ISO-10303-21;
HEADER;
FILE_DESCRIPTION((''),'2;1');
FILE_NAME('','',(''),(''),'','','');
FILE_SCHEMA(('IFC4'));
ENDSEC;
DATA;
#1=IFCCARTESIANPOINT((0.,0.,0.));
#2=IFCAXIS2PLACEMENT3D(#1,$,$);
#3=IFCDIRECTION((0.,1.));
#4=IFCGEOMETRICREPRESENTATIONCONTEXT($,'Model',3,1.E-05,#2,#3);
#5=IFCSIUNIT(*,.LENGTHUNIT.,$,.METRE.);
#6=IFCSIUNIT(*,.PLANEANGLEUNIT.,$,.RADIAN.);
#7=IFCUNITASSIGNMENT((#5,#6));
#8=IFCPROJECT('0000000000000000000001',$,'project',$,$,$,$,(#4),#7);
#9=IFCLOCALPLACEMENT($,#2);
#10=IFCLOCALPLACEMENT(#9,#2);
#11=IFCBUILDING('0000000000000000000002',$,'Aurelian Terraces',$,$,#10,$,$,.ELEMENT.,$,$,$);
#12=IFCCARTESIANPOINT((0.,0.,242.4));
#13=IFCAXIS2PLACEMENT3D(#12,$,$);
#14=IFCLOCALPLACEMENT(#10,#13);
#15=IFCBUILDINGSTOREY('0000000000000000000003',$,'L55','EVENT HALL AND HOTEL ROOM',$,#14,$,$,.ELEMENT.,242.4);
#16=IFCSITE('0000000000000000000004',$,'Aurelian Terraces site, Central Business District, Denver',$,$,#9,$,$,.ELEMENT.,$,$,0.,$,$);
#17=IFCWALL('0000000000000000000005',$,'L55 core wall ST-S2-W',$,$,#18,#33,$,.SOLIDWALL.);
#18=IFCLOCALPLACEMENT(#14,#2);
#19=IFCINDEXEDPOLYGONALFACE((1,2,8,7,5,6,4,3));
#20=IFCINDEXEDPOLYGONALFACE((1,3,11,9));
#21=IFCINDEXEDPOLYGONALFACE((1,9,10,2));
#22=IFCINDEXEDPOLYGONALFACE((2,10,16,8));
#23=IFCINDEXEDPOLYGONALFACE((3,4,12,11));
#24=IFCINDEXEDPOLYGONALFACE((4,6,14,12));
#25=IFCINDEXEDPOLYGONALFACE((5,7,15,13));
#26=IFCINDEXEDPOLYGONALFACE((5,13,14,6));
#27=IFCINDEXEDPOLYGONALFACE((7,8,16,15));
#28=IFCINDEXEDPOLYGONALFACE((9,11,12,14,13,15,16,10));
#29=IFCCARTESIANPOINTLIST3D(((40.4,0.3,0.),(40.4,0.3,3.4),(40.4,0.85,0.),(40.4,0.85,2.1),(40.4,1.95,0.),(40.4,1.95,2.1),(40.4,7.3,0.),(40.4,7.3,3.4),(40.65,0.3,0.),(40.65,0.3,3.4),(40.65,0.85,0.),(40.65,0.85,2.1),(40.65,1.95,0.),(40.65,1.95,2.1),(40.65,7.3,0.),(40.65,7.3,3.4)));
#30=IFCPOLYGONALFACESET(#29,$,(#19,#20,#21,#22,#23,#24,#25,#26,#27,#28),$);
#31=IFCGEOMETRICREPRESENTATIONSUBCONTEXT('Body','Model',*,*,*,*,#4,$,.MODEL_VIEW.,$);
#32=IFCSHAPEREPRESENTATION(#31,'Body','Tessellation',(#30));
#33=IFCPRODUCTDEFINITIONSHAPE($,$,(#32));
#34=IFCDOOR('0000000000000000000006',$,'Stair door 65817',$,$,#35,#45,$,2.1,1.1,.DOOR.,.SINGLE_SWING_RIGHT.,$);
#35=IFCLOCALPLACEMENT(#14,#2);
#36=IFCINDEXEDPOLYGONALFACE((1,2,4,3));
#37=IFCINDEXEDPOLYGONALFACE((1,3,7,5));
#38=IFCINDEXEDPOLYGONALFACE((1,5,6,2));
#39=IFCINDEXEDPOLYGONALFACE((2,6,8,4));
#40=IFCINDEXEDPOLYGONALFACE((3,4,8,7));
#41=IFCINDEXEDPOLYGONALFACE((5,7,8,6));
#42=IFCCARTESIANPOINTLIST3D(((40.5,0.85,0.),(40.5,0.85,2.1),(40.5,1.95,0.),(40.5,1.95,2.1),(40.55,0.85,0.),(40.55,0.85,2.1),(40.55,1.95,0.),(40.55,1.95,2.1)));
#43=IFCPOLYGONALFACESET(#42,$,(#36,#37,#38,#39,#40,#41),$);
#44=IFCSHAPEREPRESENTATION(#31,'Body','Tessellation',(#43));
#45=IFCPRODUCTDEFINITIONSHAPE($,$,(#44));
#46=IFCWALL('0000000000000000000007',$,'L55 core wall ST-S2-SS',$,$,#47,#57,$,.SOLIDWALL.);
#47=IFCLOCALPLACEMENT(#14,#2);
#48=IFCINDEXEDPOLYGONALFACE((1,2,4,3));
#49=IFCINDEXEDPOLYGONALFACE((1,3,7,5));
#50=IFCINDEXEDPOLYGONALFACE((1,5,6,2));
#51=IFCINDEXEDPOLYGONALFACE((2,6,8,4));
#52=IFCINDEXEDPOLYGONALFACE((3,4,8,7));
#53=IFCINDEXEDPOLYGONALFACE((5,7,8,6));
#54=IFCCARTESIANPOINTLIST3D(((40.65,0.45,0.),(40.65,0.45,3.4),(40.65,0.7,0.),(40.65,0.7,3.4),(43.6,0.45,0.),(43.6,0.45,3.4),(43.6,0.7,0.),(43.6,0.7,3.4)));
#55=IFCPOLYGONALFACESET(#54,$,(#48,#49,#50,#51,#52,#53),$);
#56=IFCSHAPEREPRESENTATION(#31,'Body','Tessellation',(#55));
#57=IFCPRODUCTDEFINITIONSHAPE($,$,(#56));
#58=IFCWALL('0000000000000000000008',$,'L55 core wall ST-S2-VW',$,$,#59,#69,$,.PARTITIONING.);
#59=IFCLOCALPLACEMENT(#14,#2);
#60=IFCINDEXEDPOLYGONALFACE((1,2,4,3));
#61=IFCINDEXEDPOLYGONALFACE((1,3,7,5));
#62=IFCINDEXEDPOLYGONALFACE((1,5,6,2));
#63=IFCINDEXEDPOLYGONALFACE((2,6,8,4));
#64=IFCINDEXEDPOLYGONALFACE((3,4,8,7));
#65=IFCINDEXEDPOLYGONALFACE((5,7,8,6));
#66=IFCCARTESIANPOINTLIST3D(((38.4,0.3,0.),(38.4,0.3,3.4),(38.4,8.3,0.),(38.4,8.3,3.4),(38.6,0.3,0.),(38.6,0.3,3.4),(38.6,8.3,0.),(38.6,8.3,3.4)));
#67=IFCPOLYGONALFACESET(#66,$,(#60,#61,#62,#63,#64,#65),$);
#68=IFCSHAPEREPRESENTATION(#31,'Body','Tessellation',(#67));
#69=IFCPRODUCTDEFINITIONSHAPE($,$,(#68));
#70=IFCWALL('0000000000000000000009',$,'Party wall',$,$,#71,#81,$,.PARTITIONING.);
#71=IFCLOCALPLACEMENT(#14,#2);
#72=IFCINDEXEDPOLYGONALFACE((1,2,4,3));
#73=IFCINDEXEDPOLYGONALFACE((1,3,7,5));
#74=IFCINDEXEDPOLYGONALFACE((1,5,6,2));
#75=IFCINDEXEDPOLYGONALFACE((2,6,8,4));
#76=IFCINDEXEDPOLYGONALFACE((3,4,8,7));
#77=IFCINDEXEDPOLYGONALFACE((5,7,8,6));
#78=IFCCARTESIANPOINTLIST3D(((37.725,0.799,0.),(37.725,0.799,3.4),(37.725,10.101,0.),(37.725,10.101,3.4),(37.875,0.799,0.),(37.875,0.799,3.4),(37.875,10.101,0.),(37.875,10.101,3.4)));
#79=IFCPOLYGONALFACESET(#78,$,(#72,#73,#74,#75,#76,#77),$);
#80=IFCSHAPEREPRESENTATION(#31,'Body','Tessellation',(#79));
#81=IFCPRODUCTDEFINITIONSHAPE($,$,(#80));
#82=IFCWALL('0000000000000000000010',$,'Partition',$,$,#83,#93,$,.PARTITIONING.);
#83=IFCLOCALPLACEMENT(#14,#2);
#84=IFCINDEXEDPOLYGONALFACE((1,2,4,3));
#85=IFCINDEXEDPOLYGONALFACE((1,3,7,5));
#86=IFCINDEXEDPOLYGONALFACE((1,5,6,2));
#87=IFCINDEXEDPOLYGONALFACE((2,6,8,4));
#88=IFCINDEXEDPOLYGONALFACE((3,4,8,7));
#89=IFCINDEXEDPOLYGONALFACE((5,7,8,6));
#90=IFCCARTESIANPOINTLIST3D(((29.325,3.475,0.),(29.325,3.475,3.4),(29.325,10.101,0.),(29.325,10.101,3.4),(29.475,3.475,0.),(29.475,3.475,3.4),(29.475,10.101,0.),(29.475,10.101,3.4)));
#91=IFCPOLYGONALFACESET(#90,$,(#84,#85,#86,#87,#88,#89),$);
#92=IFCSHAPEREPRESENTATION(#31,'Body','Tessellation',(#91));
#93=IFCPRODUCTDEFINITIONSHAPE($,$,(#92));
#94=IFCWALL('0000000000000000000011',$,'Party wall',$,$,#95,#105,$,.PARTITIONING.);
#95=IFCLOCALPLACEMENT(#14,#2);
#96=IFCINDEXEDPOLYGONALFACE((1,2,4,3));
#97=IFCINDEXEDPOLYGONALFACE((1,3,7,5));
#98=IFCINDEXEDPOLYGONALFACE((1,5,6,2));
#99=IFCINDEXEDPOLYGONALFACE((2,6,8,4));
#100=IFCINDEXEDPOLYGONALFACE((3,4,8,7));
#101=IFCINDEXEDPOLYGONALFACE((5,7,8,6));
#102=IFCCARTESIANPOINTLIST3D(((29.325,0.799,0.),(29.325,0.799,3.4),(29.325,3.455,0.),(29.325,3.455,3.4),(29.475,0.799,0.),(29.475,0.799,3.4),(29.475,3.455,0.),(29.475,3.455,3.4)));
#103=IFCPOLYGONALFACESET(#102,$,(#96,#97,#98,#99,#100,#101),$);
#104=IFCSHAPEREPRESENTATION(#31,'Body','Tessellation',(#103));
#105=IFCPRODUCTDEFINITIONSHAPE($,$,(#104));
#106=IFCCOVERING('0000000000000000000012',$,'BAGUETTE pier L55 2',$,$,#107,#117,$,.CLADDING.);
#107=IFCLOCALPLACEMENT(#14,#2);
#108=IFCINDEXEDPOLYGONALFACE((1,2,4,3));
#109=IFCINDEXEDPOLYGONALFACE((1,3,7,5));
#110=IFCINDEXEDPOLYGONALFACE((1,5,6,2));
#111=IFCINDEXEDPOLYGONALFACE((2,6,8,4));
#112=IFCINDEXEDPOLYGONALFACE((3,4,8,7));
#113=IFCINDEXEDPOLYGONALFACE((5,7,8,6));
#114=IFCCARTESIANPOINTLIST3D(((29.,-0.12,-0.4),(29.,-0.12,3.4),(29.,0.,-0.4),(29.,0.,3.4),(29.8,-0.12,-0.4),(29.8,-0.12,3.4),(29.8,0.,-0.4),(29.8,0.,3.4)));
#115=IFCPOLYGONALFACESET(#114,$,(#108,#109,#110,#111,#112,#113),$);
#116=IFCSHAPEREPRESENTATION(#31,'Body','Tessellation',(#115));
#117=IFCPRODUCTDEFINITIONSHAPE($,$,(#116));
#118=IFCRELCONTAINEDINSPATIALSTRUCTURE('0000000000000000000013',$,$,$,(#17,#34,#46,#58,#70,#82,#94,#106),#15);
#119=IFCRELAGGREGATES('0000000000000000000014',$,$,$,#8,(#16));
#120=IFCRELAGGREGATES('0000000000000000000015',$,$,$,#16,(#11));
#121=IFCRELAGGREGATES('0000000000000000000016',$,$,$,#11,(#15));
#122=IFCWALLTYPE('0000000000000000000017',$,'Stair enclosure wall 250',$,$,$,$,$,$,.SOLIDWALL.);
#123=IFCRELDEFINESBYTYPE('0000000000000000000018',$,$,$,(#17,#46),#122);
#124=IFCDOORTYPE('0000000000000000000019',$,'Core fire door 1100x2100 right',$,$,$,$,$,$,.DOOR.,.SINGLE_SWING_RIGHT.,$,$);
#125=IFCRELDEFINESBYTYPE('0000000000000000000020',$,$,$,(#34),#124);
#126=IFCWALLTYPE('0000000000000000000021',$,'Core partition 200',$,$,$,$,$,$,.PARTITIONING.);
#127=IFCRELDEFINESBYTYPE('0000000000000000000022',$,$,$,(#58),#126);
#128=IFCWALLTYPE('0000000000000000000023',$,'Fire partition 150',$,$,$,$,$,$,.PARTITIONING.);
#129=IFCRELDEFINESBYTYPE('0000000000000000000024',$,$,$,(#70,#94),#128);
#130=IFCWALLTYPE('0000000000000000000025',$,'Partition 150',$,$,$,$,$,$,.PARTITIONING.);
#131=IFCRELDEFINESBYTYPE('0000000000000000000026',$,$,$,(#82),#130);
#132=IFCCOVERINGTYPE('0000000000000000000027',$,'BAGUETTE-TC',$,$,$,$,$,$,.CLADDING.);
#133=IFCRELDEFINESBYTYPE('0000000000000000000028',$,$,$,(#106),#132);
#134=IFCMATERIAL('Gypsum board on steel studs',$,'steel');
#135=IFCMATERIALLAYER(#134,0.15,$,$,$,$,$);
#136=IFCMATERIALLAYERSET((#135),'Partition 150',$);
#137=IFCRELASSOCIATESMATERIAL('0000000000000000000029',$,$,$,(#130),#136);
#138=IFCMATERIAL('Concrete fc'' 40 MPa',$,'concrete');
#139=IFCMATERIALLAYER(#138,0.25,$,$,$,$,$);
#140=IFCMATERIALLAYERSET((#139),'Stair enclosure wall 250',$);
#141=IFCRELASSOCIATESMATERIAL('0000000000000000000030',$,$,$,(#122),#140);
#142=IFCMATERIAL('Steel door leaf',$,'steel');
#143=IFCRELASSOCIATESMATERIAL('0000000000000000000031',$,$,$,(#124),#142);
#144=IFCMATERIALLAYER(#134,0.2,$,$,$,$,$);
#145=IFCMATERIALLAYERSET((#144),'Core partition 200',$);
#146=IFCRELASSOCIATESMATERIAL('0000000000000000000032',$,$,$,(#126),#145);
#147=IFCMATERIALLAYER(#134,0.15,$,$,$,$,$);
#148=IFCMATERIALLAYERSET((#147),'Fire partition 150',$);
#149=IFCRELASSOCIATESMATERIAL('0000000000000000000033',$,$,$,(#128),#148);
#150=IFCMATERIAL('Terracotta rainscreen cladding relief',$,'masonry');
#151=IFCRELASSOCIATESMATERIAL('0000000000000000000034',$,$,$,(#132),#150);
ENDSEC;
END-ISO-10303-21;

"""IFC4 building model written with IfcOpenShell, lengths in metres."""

from ifc_helpers import new_model, si_unit, direction, frame, frame_2d, origin, origin_2d, place, context, subcontext, project, spatial, rectangle, extrude, source, transform, mapped, material, layer, layer_set, type_object, element, fill, save


model = new_model("IFC4")

# Units and contexts
model_context = context("Model", 3, precision=1e-05, world=origin(), true_north=direction((0.0, 1.0)))
body_context = subcontext(model_context, "Body", "Model", "MODEL_VIEW")
ifc_project = project(units=[si_unit("LENGTHUNIT", "METRE"), si_unit("PLANEANGLEUNIT", "RADIAN")], contexts=[model_context])

# Site, building, storey
site_placement = place(None, origin())
site = spatial("IfcSite", under=ifc_project, at=site_placement, Name="Aurelian Terraces site, Central Business District, Denver", CompositionType="ELEMENT", RefElevation=0.0)
building_placement = place(site_placement, origin())
building = spatial("IfcBuilding", under=site, at=building_placement, Name="Aurelian Terraces", CompositionType="ELEMENT")
storey_placement = place(building_placement, frame((0.0, 0.0, 242.4)))
storey = spatial("IfcBuildingStorey", under=building, at=storey_placement, Name="L55", Description="EVENT HALL AND HOTEL ROOM", CompositionType="ELEMENT", Elevation=242.4)

# Shared definitions
ifc_material_1 = material(Name="Gypsum board on steel studs", Category="steel")
ifc_layer_1 = layer(ifc_material_1, 0.15)
ifc_layer_set_1 = layer_set([ifc_layer_1], Name="Partition 150")
wall_type_1 = type_object("IfcWallType", Name="Partition 150", PredefinedType="PARTITIONING", material=ifc_layer_set_1)

# Shared definitions
ifc_material_2 = material(Name="Concrete fc' 40 MPa", Category="concrete")

# Wall, opening, door
ifc_layer_2 = layer(ifc_material_2, 0.25)
ifc_layer_set_2 = layer_set([ifc_layer_2], Name="Stair enclosure wall 250")
wall_type_2 = type_object("IfcWallType", Name="Stair enclosure wall 250", PredefinedType="SOLIDWALL", material=ifc_layer_set_2)
shared_shape_1 = source(origin(), body_context, "Body", "SweptSolid", [
    extrude(rectangle(XDim=7.0, YDim=0.25, at=frame_2d((3.5, 0.0))), origin(), (0.0, 0.0, 1.0), 3.4),
])
wall_1_placement = place(storey_placement, frame((40.525, 0.3, 0.0), z_axis=(0.0, 0.0, 1.0), x_axis=(0.0, 1.0, 0.0)))
wall_1 = element("IfcWall", 1, at=wall_1_placement, inside=storey, type_object=wall_type_2, Name="L55 core wall ST-S2-W", PredefinedType="SOLIDWALL", context=body_context, shape_type="MappedRepresentation", body=[
    mapped(shared_shape_1, transform((0.0, 0.0, 0.0), scale=1.0)),
])
shared_shape_2 = source(origin(), body_context, "Body", "SweptSolid", [
    extrude(rectangle(XDim=1.1, YDim=2.1, at=frame_2d((0.55, 1.05))), frame((0.0, 0.135, 0.0), z_axis=(0.0, -1.0, 0.0), x_axis=(1.0, 0.0, 0.0)), (0.0, 0.0, 1.0), 0.27),
])
opening_1_placement = place(wall_1_placement, frame((0.55, 0.0, 0.0)))
opening_1 = element("IfcOpeningElement", 2, at=opening_1_placement, cuts=wall_1, PredefinedType="OPENING", context=body_context, shape_type="MappedRepresentation", body=[
    mapped(shared_shape_2, transform((0.0, 0.0, 0.0), scale=1.0)),
])
ifc_material_3 = material(Name="Steel door leaf", Category="steel")
door_type_1 = type_object("IfcDoorType", Name="Core fire door 1100x2100 right", OperationType="SINGLE_SWING_RIGHT", PredefinedType="DOOR", material=ifc_material_3)
shared_shape_3 = source(origin(), body_context, "Body", "SweptSolid", [
    extrude(rectangle(XDim=1.1, YDim=2.1, at=frame_2d((0.55, 1.05))), frame((0.0, 0.025, 0.0), z_axis=(0.0, -1.0, 0.0), x_axis=(1.0, 0.0, 0.0)), (0.0, 0.0, 1.0), 0.05),
])
door_1_placement = place(opening_1_placement, origin())
door_1 = element("IfcDoor", 3, at=door_1_placement, inside=storey, type_object=door_type_1, Name="Stair door 65817", OperationType="SINGLE_SWING_RIGHT", OverallHeight=2.1, OverallWidth=1.1, PredefinedType="DOOR", context=body_context, shape_type="MappedRepresentation", body=[
    mapped(shared_shape_3, transform((0.0, 0.0, 0.0), scale=1.0)),
])
fill(opening_1, door_1)

# Walls
shared_shape_4 = source(origin(), body_context, "Body", "SweptSolid", [
    extrude(rectangle(XDim=2.95, YDim=0.25, at=frame_2d((1.475, 0.0))), origin(), (0.0, 0.0, 1.0), 3.4),
])
wall_2_placement = place(storey_placement, frame((40.65, 0.575, 0.0), z_axis=(0.0, 0.0, 1.0), x_axis=(1.0, 0.0, 0.0)))
element("IfcWall", 4, at=wall_2_placement, inside=storey, type_object=wall_type_2, Name="L55 core wall ST-S2-SS", PredefinedType="SOLIDWALL", context=body_context, shape_type="MappedRepresentation", body=[
    mapped(shared_shape_4, transform((0.0, 0.0, 0.0), scale=1.0)),
])
ifc_layer_3 = layer(ifc_material_1, 0.2)
ifc_layer_set_3 = layer_set([ifc_layer_3], Name="Core partition 200")
wall_type_3 = type_object("IfcWallType", Name="Core partition 200", PredefinedType="PARTITIONING", material=ifc_layer_set_3)
shared_shape_5 = source(origin(), body_context, "Body", "SweptSolid", [
    extrude(rectangle(XDim=8.0, YDim=0.2, at=frame_2d((4.0, 0.0))), origin(), (0.0, 0.0, 1.0), 3.4),
])
wall_3_placement = place(storey_placement, frame((38.5, 0.3, 0.0), z_axis=(0.0, 0.0, 1.0), x_axis=(0.0, 1.0, 0.0)))
element("IfcWall", 5, at=wall_3_placement, inside=storey, type_object=wall_type_3, Name="L55 core wall ST-S2-VW", PredefinedType="PARTITIONING", context=body_context, shape_type="MappedRepresentation", body=[
    mapped(shared_shape_5, transform((0.0, 0.0, 0.0), scale=1.0)),
])
ifc_layer_4 = layer(ifc_material_1, 0.15)
ifc_layer_set_4 = layer_set([ifc_layer_4], Name="Fire partition 150")
wall_type_4 = type_object("IfcWallType", Name="Fire partition 150", PredefinedType="PARTITIONING", material=ifc_layer_set_4)
shared_shape_6 = source(origin(), body_context, "Body", "SweptSolid", [
    extrude(rectangle(XDim=9.302, YDim=0.15, at=frame_2d((4.651, 0.0))), origin(), (0.0, 0.0, 1.0), 3.4),
])
wall_4_placement = place(storey_placement, frame((37.8, 0.799, 0.0), z_axis=(0.0, 0.0, 1.0), x_axis=(0.0, 1.0, 0.0)))
element("IfcWall", 6, at=wall_4_placement, inside=storey, type_object=wall_type_4, Name="Party wall", PredefinedType="PARTITIONING", context=body_context, shape_type="MappedRepresentation", body=[
    mapped(shared_shape_6, transform((0.0, 0.0, 0.0), scale=1.0)),
])
shared_shape_7 = source(origin(), body_context, "Body", "SweptSolid", [
    extrude(rectangle(XDim=6.626, YDim=0.15, at=frame_2d((3.313, 0.0))), origin(), (0.0, 0.0, 1.0), 3.4),
])
wall_5_placement = place(storey_placement, frame((29.4, 3.475, 0.0), z_axis=(0.0, 0.0, 1.0), x_axis=(0.0, 1.0, 0.0)))
element("IfcWall", 7, at=wall_5_placement, inside=storey, type_object=wall_type_1, Name="Partition", PredefinedType="PARTITIONING", context=body_context, shape_type="MappedRepresentation", body=[
    mapped(shared_shape_7, transform((0.0, 0.0, 0.0), scale=1.0)),
])
shared_shape_8 = source(origin(), body_context, "Body", "SweptSolid", [
    extrude(rectangle(XDim=2.656, YDim=0.15, at=frame_2d((1.328, 0.0))), origin(), (0.0, 0.0, 1.0), 3.4),
])
wall_6_placement = place(storey_placement, frame((29.4, 0.799, 0.0), z_axis=(0.0, 0.0, 1.0), x_axis=(0.0, 1.0, 0.0)))
element("IfcWall", 8, at=wall_6_placement, inside=storey, type_object=wall_type_4, Name="Party wall", PredefinedType="PARTITIONING", context=body_context, shape_type="MappedRepresentation", body=[
    mapped(shared_shape_8, transform((0.0, 0.0, 0.0), scale=1.0)),
])

# Covering
ifc_material_4 = material(Name="Terracotta rainscreen cladding relief", Category="masonry")
covering_type = type_object("IfcCoveringType", Name="BAGUETTE-TC", PredefinedType="CLADDING", material=ifc_material_4)
shared_shape_9 = source(origin(), body_context, "Body", "SweptSolid", [
    extrude(rectangle(XDim=0.8, YDim=0.12, at=origin_2d()), origin(), (0.0, 0.0, 1.0), 3.8),
])
covering_placement = place(storey_placement, frame((29.4, -0.06, -0.4), z_axis=(0.0, 0.0, 1.0), x_axis=(1.0, 0.0, 0.0)))
element("IfcCovering", 9, at=covering_placement, inside=storey, type_object=covering_type, Name="BAGUETTE pier L55 2", PredefinedType="CLADDING", context=body_context, shape_type="MappedRepresentation", body=[
    mapped(shared_shape_9, transform((0.0, 0.0, 0.0), scale=1.0)),
])

save(model, "model.ifc")
